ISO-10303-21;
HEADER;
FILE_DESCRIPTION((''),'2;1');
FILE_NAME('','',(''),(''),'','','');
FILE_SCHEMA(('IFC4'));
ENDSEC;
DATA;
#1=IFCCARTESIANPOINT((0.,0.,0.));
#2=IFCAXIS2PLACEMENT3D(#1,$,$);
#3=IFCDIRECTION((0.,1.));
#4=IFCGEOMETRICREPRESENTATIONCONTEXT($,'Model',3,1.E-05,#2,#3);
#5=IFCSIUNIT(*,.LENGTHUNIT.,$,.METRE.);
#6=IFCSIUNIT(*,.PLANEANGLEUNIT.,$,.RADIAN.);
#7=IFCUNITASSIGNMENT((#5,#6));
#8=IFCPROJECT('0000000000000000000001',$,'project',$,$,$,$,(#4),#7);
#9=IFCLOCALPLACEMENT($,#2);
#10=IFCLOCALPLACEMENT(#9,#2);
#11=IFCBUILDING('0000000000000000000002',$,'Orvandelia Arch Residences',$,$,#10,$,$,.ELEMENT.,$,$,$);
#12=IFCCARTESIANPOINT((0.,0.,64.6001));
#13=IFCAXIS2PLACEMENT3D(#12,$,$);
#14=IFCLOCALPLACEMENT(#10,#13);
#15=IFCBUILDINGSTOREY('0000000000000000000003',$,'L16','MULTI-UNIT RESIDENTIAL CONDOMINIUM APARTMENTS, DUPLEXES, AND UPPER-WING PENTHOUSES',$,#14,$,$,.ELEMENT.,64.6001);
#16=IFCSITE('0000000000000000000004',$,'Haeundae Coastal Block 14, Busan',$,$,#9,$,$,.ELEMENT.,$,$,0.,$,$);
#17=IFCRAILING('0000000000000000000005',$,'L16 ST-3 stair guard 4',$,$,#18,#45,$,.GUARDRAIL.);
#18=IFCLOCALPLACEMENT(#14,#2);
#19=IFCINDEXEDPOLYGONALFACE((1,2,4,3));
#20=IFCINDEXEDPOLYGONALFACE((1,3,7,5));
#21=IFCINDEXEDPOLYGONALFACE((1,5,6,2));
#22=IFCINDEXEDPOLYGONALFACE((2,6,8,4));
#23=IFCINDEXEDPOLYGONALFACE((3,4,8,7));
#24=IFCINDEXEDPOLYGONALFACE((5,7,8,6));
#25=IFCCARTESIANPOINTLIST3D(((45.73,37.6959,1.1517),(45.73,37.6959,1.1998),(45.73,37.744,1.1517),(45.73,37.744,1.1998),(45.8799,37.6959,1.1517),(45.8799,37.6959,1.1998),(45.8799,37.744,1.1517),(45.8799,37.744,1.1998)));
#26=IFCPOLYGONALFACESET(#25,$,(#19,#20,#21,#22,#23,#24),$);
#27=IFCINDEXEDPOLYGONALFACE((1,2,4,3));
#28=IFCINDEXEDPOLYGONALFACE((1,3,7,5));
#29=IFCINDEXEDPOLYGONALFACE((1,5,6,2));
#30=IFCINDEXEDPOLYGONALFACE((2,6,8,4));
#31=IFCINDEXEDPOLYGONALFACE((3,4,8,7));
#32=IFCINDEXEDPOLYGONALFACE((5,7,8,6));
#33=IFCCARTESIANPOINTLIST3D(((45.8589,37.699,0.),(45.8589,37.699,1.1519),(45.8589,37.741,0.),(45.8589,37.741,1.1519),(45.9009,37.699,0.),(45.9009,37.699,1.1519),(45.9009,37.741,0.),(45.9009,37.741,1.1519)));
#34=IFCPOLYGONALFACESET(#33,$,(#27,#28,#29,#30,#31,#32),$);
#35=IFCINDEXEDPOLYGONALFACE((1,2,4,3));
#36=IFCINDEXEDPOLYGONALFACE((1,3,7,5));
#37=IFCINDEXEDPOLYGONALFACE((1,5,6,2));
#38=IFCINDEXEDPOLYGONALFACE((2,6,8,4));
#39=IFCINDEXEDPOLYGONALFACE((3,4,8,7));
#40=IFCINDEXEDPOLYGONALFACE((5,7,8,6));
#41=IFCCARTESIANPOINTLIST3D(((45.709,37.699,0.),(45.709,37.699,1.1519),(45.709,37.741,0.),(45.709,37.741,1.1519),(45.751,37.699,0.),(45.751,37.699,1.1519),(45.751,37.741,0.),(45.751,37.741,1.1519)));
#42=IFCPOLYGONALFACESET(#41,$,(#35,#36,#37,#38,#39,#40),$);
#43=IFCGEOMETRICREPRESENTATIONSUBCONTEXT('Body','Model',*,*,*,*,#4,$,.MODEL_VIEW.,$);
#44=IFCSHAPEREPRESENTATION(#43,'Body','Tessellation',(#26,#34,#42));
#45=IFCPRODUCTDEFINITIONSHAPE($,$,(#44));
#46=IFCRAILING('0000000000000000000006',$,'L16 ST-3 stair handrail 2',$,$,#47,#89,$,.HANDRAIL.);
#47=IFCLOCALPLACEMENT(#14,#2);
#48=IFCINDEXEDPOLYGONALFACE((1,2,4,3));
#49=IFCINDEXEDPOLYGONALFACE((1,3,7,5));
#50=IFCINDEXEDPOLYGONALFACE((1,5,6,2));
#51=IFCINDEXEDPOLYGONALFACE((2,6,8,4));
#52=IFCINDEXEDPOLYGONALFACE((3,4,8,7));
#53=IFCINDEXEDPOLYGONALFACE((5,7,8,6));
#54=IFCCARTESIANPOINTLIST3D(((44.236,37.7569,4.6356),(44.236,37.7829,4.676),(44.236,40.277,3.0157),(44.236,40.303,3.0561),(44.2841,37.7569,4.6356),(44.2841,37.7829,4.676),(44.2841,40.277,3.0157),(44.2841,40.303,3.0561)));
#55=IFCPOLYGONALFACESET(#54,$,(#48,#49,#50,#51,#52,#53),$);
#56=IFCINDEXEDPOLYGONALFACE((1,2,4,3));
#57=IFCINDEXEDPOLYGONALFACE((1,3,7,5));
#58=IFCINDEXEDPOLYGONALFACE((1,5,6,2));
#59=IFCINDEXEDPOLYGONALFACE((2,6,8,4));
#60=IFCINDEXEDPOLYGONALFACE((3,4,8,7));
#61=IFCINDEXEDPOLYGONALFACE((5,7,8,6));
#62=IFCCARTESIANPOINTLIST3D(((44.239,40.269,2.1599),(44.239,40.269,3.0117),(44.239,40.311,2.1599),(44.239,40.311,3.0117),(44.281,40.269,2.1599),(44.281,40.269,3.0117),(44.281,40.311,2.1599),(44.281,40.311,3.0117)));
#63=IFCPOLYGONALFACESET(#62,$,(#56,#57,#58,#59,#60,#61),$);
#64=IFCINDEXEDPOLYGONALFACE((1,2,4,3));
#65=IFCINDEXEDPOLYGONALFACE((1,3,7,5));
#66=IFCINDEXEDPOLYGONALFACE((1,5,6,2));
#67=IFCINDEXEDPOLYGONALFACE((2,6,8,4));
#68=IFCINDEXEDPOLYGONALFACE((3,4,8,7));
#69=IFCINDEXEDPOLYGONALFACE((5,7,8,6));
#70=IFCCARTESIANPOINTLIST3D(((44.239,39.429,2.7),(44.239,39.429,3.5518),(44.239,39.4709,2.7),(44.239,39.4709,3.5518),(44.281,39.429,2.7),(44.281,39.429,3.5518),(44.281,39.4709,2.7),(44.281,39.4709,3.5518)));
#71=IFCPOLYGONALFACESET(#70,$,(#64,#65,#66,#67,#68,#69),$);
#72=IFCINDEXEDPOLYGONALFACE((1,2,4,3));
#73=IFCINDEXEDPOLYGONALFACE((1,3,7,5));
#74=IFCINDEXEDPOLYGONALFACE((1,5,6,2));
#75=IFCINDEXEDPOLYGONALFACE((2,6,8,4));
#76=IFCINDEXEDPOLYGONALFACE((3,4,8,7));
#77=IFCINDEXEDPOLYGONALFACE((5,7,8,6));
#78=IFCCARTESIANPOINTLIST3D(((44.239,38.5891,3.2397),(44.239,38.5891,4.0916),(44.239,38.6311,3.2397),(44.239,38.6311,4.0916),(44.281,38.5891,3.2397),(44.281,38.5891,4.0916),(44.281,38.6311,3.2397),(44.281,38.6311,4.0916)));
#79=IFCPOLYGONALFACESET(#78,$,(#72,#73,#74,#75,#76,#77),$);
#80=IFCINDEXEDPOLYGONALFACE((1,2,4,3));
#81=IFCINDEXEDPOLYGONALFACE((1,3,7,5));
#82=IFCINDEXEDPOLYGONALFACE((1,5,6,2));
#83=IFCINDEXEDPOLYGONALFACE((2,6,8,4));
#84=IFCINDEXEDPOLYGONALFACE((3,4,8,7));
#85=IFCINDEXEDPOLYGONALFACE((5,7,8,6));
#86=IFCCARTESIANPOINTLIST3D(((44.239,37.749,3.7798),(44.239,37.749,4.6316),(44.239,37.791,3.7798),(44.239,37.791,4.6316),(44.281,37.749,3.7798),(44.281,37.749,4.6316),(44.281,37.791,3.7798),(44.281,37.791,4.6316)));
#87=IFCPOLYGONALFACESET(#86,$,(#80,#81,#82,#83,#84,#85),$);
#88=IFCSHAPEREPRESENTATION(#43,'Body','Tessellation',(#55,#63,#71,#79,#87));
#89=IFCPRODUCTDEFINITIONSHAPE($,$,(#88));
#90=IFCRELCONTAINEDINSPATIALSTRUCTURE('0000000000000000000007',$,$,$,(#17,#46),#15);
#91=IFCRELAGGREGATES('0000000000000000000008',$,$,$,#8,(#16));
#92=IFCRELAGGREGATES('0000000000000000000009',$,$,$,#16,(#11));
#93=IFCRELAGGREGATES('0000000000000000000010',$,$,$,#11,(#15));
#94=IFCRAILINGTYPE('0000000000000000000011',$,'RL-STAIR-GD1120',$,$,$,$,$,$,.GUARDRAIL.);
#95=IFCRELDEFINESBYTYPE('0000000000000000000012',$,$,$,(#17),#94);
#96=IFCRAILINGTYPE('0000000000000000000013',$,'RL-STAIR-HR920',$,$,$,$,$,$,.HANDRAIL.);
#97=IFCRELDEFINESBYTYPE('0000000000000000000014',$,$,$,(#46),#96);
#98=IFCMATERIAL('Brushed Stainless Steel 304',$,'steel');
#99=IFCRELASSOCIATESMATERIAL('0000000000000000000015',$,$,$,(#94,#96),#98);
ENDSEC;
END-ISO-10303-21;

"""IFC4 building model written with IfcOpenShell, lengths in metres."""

from ifc_helpers import new_model, si_unit, direction, frame, origin, origin_2d, place, context, subcontext, project, spatial, rectangle, extrude, material, type_object, element, save


model = new_model("IFC4")

# Units and contexts
model_context = context("Model", 3, precision=1e-05, world=origin(), true_north=direction((0.0, 1.0)))
body_context = subcontext(model_context, "Body", "Model", "MODEL_VIEW")
ifc_project = project(units=[si_unit("LENGTHUNIT", "METRE"), si_unit("PLANEANGLEUNIT", "RADIAN")], contexts=[model_context])

# Site, building, storey
site_placement = place(None, origin())
site = spatial("IfcSite", under=ifc_project, at=site_placement, Name="Haeundae Coastal Block 14, Busan", CompositionType="ELEMENT", RefElevation=0.0)
building_placement = place(site_placement, origin())
building = spatial("IfcBuilding", under=site, at=building_placement, Name="Orvandelia Arch Residences", CompositionType="ELEMENT")
storey_placement = place(building_placement, frame((0.0, 0.0, 64.6001)))
storey = spatial("IfcBuildingStorey", under=building, at=storey_placement, Name="L16", Description="MULTI-UNIT RESIDENTIAL CONDOMINIUM APARTMENTS, DUPLEXES, AND UPPER-WING PENTHOUSES", CompositionType="ELEMENT", Elevation=64.6001)

# Railings
ifc_material_1 = material(Name="Brushed Stainless Steel 304", Category="steel")
railing_type_1 = type_object("IfcRailingType", Name="RL-STAIR-GD1120", PredefinedType="GUARDRAIL", material=ifc_material_1)
railing_1_placement = place(storey_placement, frame((45.8799, 37.72, 0.0)))
element("IfcRailing", 1, at=railing_1_placement, inside=storey, type_object=railing_type_1, Name="L16 ST-3 stair guard 4", PredefinedType="GUARDRAIL", context=body_context, shape_type="SweptSolid", body=[
    extrude(rectangle(XDim=0.0481, YDim=0.0481, at=origin_2d()), frame((0.0, 0.0, 1.1758), z_axis=(-1.0, 0.0, 0.0), x_axis=(0.0, -1.0, 0.0)), (0.0, 0.0, 1.0), 0.1499),
    extrude(rectangle(XDim=0.042, YDim=0.042, at=origin_2d()), origin(), (0.0, 0.0, 1.0), 1.1519),
    extrude(rectangle(XDim=0.042, YDim=0.042, at=origin_2d()), frame((-0.1499, 0.0, 0.0)), (0.0, 0.0, 1.0), 1.1519),
])
railing_type_2 = type_object("IfcRailingType", Name="RL-STAIR-HR920", PredefinedType="HANDRAIL", material=ifc_material_1)
railing_2_placement = place(storey_placement, frame((44.26, 40.29, 2.1599)))
element("IfcRailing", 2, at=railing_2_placement, inside=storey, type_object=railing_type_2, Name="L16 ST-3 stair handrail 2", PredefinedType="HANDRAIL", context=body_context, shape_type="SweptSolid", body=[
    extrude(rectangle(XDim=0.0481, YDim=0.0481, at=origin_2d()), frame((0.0, 0.0, 0.876), z_axis=(0.0, -0.8412, 0.540725), x_axis=(1.0, 0.0, 0.0)), (0.0, 0.0, 1.0), 2.9958),
    extrude(rectangle(XDim=0.042, YDim=0.042, at=origin_2d()), origin(), (0.0, 0.0, 1.0), 0.8518),
    extrude(rectangle(XDim=0.042, YDim=0.042, at=origin_2d()), frame((0.0, -0.8401, 0.54)), (0.0, 0.0, 1.0), 0.8518),
    extrude(rectangle(XDim=0.042, YDim=0.042, at=origin_2d()), frame((0.0, -1.6799, 1.0798)), (0.0, 0.0, 1.0), 0.8518),
    extrude(rectangle(XDim=0.042, YDim=0.042, at=origin_2d()), frame((0.0, -2.52, 1.6199)), (0.0, 0.0, 1.0), 0.8518),
])

save(model, "model.ifc")
